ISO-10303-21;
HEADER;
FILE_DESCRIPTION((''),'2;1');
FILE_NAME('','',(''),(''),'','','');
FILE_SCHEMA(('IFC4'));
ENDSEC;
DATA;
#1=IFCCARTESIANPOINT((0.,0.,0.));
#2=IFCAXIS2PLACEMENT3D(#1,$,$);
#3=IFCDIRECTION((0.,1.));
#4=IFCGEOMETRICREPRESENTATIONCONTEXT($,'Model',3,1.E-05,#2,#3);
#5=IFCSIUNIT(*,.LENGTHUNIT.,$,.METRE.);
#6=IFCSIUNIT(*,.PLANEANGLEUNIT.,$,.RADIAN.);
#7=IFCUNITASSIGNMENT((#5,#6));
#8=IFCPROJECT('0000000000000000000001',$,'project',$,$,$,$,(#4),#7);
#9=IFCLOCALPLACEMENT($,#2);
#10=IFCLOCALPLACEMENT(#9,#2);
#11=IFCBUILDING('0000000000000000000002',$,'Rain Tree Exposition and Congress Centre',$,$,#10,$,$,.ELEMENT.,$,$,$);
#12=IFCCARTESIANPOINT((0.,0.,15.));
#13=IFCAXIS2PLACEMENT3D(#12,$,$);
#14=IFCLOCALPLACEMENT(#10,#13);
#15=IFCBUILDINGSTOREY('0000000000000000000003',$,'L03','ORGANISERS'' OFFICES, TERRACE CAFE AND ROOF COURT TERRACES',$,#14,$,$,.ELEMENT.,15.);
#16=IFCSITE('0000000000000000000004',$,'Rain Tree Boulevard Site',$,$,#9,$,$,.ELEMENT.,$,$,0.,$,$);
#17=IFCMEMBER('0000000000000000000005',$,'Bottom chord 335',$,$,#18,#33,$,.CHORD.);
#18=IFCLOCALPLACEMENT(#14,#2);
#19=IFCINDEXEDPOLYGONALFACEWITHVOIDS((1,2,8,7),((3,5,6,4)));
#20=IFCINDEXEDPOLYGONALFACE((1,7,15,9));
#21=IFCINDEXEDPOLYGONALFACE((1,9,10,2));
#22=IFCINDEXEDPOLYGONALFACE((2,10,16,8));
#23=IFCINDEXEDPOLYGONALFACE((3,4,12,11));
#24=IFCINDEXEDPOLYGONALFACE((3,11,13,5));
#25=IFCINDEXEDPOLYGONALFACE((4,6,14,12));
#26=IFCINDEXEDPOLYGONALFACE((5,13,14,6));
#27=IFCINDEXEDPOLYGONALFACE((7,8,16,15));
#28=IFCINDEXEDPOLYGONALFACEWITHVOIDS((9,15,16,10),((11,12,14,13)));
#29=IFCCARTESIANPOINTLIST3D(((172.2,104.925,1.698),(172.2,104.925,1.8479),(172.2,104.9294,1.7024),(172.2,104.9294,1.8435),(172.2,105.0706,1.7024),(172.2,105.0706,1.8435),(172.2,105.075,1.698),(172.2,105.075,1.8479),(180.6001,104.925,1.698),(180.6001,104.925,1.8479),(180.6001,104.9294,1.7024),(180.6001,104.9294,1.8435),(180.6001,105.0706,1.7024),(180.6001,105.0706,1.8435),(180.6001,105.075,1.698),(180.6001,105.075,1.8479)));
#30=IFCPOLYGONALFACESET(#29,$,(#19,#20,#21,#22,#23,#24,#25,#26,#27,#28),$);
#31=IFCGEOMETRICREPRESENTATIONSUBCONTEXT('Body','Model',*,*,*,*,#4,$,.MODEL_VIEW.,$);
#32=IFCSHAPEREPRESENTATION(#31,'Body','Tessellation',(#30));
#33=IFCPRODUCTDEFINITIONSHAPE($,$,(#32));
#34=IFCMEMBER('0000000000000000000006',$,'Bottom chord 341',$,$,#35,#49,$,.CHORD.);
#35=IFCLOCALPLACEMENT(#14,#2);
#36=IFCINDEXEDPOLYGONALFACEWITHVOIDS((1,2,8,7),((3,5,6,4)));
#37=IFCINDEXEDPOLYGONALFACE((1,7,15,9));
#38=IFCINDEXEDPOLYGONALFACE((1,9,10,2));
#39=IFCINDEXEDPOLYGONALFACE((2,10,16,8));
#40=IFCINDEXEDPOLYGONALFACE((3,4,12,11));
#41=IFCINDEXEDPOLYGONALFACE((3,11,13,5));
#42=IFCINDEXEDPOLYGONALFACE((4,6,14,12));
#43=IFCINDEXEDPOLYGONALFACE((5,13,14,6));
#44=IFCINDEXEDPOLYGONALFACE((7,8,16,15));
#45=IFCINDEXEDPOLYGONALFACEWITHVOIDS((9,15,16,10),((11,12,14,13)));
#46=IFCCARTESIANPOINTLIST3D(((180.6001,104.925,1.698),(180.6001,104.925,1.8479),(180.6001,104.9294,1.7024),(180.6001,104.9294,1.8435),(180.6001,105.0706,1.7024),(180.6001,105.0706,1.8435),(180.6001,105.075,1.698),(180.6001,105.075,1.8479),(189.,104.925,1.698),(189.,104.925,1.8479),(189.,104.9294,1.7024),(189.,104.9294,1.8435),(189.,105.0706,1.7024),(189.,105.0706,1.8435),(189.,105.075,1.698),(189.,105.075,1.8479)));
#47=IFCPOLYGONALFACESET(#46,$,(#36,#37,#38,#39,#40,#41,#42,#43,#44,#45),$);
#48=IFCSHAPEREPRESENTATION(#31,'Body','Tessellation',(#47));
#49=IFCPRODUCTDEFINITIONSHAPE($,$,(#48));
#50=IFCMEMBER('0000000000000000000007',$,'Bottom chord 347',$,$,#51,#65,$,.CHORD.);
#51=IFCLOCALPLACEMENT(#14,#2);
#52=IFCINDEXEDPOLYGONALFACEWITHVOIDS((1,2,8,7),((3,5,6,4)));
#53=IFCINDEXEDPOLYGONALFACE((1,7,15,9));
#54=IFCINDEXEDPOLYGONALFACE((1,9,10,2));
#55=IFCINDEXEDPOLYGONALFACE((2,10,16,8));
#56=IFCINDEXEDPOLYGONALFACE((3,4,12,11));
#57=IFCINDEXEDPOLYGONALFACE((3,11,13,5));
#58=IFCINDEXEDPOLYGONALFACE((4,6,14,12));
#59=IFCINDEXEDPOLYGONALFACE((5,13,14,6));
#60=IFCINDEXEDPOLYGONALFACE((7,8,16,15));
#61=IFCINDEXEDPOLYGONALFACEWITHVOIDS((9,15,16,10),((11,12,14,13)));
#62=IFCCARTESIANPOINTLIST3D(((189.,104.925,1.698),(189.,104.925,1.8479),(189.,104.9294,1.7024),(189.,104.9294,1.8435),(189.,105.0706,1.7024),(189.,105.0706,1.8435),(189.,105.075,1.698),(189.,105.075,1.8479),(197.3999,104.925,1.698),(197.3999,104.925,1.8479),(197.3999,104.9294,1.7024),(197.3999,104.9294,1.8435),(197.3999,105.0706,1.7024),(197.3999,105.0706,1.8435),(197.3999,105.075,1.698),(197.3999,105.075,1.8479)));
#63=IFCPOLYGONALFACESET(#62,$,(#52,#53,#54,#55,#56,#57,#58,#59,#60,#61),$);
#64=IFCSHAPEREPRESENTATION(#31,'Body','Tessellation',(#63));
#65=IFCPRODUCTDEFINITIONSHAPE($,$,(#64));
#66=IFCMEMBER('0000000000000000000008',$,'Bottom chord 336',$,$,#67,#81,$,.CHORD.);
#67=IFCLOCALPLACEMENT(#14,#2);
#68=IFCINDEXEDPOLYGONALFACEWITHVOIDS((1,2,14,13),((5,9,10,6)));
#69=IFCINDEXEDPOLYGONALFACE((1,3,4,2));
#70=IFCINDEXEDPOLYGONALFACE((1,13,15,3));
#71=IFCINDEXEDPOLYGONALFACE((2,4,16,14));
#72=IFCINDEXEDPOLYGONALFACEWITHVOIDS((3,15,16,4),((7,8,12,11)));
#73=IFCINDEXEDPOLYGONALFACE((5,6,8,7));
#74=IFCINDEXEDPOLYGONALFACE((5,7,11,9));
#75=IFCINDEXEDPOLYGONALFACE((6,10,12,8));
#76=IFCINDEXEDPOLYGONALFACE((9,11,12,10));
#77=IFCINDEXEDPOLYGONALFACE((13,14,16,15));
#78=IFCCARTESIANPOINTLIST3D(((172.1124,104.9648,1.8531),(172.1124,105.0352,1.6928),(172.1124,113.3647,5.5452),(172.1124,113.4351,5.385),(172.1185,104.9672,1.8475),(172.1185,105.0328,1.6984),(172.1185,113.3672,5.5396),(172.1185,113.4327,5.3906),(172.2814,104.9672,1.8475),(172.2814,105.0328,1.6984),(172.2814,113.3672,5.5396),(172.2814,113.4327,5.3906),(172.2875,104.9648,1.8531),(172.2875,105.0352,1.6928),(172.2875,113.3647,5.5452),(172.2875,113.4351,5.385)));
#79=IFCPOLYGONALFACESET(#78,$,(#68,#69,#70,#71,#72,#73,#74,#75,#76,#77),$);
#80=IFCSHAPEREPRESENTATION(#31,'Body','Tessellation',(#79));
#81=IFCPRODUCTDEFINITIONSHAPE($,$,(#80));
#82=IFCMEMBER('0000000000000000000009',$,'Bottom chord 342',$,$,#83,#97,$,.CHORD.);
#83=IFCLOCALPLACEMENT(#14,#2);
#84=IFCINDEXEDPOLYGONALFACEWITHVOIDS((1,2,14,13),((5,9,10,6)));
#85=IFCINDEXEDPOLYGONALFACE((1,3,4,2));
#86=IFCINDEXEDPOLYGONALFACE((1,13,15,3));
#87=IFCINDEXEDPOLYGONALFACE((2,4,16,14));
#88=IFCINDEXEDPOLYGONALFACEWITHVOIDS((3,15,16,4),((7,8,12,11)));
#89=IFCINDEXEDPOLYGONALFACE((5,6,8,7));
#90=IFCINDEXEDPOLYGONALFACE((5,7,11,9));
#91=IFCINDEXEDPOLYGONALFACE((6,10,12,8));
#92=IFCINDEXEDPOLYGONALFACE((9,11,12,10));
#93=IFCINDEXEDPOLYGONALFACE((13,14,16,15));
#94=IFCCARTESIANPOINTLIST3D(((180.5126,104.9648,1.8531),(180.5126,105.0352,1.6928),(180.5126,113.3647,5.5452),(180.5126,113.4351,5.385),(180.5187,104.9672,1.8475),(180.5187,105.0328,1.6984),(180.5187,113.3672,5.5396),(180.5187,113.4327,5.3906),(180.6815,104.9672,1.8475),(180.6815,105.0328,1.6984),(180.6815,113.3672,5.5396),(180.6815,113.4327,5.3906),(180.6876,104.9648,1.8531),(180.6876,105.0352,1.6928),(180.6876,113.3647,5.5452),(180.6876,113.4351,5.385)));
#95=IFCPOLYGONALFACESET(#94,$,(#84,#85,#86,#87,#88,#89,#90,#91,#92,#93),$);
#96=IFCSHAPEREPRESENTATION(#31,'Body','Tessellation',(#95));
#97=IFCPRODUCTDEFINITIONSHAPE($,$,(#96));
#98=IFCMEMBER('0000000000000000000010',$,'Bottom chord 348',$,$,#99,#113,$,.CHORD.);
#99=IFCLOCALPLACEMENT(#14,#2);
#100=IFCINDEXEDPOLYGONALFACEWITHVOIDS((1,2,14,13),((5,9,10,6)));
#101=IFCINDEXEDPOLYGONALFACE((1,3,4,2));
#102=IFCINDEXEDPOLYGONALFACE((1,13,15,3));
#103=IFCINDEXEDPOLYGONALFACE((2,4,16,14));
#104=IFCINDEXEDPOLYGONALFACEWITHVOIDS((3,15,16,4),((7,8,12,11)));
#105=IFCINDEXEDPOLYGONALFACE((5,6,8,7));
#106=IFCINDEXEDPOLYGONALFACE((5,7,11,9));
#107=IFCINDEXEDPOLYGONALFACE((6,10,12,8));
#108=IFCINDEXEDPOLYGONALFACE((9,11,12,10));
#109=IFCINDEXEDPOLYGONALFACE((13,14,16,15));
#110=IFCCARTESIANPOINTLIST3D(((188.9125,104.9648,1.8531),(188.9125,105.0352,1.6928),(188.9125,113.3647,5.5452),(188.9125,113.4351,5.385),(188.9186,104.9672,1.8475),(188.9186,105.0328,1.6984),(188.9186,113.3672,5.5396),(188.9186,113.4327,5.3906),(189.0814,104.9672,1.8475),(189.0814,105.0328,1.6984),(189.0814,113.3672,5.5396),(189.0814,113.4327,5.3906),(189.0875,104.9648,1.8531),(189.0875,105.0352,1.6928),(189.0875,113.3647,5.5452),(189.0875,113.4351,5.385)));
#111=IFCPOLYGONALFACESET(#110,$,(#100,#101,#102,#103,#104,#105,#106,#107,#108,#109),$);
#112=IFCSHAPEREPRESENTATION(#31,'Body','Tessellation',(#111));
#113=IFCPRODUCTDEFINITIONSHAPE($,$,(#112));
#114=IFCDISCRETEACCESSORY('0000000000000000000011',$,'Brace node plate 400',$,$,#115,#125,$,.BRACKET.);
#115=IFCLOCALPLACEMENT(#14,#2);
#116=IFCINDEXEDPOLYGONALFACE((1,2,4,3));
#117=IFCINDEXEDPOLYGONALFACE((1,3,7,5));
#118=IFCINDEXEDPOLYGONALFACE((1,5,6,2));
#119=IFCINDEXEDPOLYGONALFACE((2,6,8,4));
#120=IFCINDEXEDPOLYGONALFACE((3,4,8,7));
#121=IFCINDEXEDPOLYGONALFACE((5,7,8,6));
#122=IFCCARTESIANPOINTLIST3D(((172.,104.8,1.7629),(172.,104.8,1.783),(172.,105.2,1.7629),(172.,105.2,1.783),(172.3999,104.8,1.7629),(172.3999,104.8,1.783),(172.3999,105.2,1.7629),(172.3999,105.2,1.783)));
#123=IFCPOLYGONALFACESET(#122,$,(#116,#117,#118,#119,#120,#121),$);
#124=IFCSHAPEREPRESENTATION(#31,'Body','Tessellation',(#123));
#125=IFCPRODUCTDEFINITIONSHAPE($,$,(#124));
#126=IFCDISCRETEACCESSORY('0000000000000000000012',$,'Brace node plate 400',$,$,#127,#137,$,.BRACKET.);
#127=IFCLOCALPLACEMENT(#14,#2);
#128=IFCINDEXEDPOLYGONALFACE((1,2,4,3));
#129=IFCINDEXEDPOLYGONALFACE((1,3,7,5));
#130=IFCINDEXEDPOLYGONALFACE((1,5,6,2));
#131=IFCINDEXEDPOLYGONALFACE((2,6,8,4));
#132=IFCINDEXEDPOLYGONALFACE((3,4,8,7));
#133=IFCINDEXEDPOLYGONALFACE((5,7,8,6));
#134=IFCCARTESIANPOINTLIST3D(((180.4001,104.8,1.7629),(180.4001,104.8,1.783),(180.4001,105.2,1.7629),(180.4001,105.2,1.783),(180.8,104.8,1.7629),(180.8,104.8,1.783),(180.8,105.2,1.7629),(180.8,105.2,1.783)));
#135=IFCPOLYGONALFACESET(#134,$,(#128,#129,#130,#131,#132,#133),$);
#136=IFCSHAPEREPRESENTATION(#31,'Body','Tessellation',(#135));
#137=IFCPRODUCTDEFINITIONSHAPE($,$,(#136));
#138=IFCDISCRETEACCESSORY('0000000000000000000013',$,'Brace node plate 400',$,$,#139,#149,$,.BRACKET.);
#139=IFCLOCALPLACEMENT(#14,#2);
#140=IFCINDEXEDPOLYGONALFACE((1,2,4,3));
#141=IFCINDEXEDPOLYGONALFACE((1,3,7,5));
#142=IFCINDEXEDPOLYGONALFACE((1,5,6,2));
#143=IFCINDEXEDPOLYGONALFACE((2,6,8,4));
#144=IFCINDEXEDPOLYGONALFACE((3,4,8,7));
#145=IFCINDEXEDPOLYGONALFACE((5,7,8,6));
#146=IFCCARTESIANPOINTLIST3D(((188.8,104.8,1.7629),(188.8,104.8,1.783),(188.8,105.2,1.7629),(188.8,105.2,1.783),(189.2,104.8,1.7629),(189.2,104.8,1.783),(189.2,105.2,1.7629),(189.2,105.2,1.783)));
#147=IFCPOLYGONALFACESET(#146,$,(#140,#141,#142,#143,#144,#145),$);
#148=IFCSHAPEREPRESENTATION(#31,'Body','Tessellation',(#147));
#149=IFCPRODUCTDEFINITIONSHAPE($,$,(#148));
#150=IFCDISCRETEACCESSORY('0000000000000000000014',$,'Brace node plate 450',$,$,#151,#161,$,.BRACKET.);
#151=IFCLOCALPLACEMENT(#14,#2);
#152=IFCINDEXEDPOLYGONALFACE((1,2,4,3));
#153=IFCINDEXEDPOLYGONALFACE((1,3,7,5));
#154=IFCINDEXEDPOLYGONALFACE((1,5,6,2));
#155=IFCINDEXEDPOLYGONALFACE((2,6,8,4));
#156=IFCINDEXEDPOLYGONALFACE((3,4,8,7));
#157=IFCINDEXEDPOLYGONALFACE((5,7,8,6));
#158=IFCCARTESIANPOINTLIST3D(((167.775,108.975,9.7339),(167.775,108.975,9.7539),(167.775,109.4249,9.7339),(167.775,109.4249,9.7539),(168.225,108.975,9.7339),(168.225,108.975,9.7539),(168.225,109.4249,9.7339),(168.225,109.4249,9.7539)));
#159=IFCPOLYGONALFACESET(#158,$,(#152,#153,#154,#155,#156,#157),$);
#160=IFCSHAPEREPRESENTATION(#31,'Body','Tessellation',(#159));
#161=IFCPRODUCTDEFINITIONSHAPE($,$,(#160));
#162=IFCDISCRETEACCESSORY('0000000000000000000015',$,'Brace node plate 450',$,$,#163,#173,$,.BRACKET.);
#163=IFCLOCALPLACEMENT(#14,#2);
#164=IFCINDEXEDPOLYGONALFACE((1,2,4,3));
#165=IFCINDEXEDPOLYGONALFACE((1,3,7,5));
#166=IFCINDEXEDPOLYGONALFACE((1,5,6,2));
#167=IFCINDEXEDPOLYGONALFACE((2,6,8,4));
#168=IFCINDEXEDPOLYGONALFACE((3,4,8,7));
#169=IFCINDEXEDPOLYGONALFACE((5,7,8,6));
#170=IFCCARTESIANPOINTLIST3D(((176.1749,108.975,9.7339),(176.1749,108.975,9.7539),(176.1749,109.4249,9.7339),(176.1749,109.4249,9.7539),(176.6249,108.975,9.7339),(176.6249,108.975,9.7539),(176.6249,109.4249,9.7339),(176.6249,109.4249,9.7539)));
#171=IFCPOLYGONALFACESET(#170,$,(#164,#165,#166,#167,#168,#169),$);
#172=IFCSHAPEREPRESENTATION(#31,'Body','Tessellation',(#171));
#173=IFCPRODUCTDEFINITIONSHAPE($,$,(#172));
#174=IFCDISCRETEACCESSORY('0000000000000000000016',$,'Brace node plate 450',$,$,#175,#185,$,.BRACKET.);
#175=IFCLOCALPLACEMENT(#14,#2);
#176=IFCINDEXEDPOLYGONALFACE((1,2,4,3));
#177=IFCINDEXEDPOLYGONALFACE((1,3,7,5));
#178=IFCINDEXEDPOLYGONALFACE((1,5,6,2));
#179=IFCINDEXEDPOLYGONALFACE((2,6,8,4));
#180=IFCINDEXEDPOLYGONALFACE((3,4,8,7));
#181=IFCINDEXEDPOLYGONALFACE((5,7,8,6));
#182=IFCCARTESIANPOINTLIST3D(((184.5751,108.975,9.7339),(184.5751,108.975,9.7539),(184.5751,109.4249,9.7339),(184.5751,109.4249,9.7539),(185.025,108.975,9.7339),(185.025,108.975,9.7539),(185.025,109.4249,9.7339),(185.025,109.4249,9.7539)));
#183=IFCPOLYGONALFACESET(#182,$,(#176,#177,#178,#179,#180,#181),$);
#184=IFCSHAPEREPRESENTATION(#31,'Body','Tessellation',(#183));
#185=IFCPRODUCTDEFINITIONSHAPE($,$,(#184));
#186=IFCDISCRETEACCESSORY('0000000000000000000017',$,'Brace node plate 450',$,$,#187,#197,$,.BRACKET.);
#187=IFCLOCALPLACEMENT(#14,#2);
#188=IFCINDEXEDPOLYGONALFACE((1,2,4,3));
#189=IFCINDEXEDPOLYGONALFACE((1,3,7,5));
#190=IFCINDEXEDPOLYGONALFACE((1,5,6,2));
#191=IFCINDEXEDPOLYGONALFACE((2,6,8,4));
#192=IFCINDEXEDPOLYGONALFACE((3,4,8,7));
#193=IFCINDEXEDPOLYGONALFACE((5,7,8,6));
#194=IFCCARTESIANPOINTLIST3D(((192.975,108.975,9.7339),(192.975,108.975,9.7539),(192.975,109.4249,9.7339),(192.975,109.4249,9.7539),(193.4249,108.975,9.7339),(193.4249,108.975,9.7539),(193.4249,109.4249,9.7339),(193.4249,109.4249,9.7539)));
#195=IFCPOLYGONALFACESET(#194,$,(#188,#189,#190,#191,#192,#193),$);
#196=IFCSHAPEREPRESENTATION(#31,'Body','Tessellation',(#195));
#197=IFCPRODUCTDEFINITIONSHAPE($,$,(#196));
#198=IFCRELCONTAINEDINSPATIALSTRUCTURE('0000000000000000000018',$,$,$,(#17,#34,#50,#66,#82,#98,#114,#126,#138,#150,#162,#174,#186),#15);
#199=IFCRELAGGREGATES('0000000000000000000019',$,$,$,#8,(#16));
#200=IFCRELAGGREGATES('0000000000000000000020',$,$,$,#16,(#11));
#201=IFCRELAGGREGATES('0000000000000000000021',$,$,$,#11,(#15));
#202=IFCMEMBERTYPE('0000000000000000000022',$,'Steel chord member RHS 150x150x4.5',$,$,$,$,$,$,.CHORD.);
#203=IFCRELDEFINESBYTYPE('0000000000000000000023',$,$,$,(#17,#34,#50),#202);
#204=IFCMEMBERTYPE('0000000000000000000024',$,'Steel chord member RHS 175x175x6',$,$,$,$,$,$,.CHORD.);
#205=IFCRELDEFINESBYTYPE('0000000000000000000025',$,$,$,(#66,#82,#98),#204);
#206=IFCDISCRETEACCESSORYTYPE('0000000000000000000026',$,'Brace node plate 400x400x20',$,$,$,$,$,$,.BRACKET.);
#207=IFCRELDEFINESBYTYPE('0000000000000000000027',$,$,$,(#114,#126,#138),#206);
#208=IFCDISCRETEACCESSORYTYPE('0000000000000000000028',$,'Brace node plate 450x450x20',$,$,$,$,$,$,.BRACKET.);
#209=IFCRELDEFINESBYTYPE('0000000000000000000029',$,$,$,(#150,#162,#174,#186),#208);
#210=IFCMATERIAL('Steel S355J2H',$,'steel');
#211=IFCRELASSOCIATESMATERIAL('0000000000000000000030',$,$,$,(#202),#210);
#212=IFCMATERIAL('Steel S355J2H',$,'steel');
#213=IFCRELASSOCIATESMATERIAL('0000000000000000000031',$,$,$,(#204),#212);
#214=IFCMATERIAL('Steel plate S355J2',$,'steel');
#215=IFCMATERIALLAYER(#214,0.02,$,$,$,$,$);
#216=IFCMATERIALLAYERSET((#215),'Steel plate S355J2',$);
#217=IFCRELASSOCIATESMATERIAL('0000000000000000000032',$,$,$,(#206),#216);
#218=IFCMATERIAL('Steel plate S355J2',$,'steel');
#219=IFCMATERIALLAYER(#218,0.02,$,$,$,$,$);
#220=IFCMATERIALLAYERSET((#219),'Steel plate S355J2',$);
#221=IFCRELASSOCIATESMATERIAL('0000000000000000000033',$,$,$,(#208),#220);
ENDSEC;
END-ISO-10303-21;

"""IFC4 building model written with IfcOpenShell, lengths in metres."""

from ifc_helpers import new_model, si_unit, direction, frame, origin, origin_2d, place, context, subcontext, project, spatial, rectangle, hollow_rectangle, extrude, material, layer, layer_set, material_profile, profile_set, type_object, element, save


model = new_model("IFC4")

# Units and contexts
model_context = context("Model", 3, precision=1e-05, world=origin(), true_north=direction((0.0, 1.0)))
body_context = subcontext(model_context, "Body", "Model", "MODEL_VIEW")
ifc_project = project(units=[si_unit("LENGTHUNIT", "METRE"), si_unit("PLANEANGLEUNIT", "RADIAN")], contexts=[model_context])

# Site, building, storey
site_placement = place(None, origin())
site = spatial("IfcSite", under=ifc_project, at=site_placement, Name="Rain Tree Boulevard Site", CompositionType="ELEMENT", RefElevation=0.0)
building_placement = place(site_placement, origin())
building = spatial("IfcBuilding", under=site, at=building_placement, Name="Rain Tree Exposition and Congress Centre", CompositionType="ELEMENT")
storey_placement = place(building_placement, frame((0.0, 0.0, 15.0)))
storey = spatial("IfcBuildingStorey", under=building, at=storey_placement, Name="L03", Description="ORGANISERS' OFFICES, TERRACE CAFE AND ROOF COURT TERRACES", CompositionType="ELEMENT", Elevation=15.0)

# Members
ifc_material_1 = material(Name="Steel S355J2H", Category="steel")
ifc_material_profile_1 = material_profile(ifc_material_1, hollow_rectangle(XDim=0.1499, YDim=0.1499, WallThickness=0.0044, at=origin_2d()), Name="RHS 150x150x4.5")
ifc_profile_set_1 = profile_set([ifc_material_profile_1], Name="Steel S355J2H")
member_type_1 = type_object("IfcMemberType", Name="Steel chord member RHS 150x150x4.5", PredefinedType="CHORD", material=ifc_profile_set_1)
member_placement = place(storey_placement, frame((172.2, 105.0, 1.7729), z_axis=(1.0, 0.0, 0.0), x_axis=(0.0, 1.0, 0.0)))
element("IfcMember", 1, at=member_placement, inside=storey, type_object=member_type_1, Name="Bottom chord 335", PredefinedType="CHORD", context=body_context, shape_type="SweptSolid", body=[
    extrude(hollow_rectangle(XDim=0.1499, YDim=0.1499, WallThickness=0.0044, at=origin_2d()), origin(), (0.0, 0.0, 1.0), 8.4001),
])
for number, where, z_axis, x_axis, name in (
    (2, (180.6001, 105.0, 1.7729), (1.0, 0.0, 0.0), (0.0, 1.0, 0.0), "Bottom chord 341"),
    (3, (189.0, 105.0, 1.7729), (1.0, 0.0, 0.0), (0.0, 1.0, 0.0), "Bottom chord 347"),
):
    element("IfcMember", number, at=place(storey_placement, frame(where, z_axis=z_axis, x_axis=x_axis)), inside=storey, type_object=member_type_1, Name=name, PredefinedType="CHORD", context=body_context, shape_type="SweptSolid", body=[
        extrude(hollow_rectangle(XDim=0.1499, YDim=0.1499, WallThickness=0.0044, at=origin_2d()), origin(), (0.0, 0.0, 1.0), 8.3999),
    ])
ifc_material_2 = material(Name="Steel S355J2H", Category="steel")
ifc_material_profile_2 = material_profile(ifc_material_2, hollow_rectangle(XDim=0.175, YDim=0.175, WallThickness=0.0061, at=origin_2d()), Name="RHS 175x175x6")
ifc_profile_set_2 = profile_set([ifc_material_profile_2], Name="Steel S355J2H")
member_type_2 = type_object("IfcMemberType", Name="Steel chord member RHS 175x175x6", PredefinedType="CHORD", material=ifc_profile_set_2)
for number, where, z_axis, x_axis, name in (
    (4, (172.2, 105.0, 1.7729), (0.0, 0.915468, 0.40239), (-1.0, 0.0, 0.0), "Bottom chord 336"),
    (5, (180.6001, 105.0, 1.7729), (0.0, 0.915468, 0.40239), (-1.0, 0.0, 0.0), "Bottom chord 342"),
    (6, (189.0, 105.0, 1.7729), (0.0, 0.915468, 0.40239), (-1.0, 0.0, 0.0), "Bottom chord 348"),
):
    element("IfcMember", number, at=place(storey_placement, frame(where, z_axis=z_axis, x_axis=x_axis)), inside=storey, type_object=member_type_2, Name=name, PredefinedType="CHORD", context=body_context, shape_type="SweptSolid", body=[
        extrude(hollow_rectangle(XDim=0.175, YDim=0.175, WallThickness=0.0061, at=origin_2d()), origin(), (0.0, 0.0, 1.0), 9.1755),
    ])

# Discrete accessories
ifc_material_3 = material(Name="Steel plate S355J2", Category="steel")
ifc_layer_1 = layer(ifc_material_3, 0.02)
ifc_layer_set_1 = layer_set([ifc_layer_1], Name="Steel plate S355J2")
discrete_accessory_type_1 = type_object("IfcDiscreteAccessoryType", Name="Brace node plate 400x400x20", PredefinedType="BRACKET", material=ifc_layer_set_1)
for number, where, z_axis, x_axis, name in (
    (7, (172.2, 105.0, 1.7629), (0.0, 0.0, 1.0), (1.0, 0.0, 0.0), "Brace node plate 400"),
    (8, (180.6001, 105.0, 1.7629), (0.0, 0.0, 1.0), (1.0, 0.0, 0.0), "Brace node plate 400"),
    (9, (189.0, 105.0, 1.7629), (0.0, 0.0, 1.0), (1.0, 0.0, 0.0), "Brace node plate 400"),
):
    element("IfcDiscreteAccessory", number, at=place(storey_placement, frame(where, z_axis=z_axis, x_axis=x_axis)), inside=storey, type_object=discrete_accessory_type_1, Name=name, PredefinedType="BRACKET", context=body_context, shape_type="SweptSolid", body=[
        extrude(rectangle(XDim=0.3999, YDim=0.3999, at=origin_2d()), origin(), (0.0, 0.0, 1.0), 0.02),
    ])
ifc_material_4 = material(Name="Steel plate S355J2", Category="steel")
ifc_layer_2 = layer(ifc_material_4, 0.02)
ifc_layer_set_2 = layer_set([ifc_layer_2], Name="Steel plate S355J2")
discrete_accessory_type_2 = type_object("IfcDiscreteAccessoryType", Name="Brace node plate 450x450x20", PredefinedType="BRACKET", material=ifc_layer_set_2)
for number, where, z_axis, x_axis, name in (
    (10, (168.0, 109.2, 9.7339), (0.0, 0.0, 1.0), (1.0, 0.0, 0.0), "Brace node plate 450"),
    (11, (176.3999, 109.2, 9.7339), (0.0, 0.0, 1.0), (1.0, 0.0, 0.0), "Brace node plate 450"),
    (12, (184.8, 109.2, 9.7339), (0.0, 0.0, 1.0), (1.0, 0.0, 0.0), "Brace node plate 450"),
    (13, (193.2, 109.2, 9.7339), (0.0, 0.0, 1.0), (1.0, 0.0, 0.0), "Brace node plate 450"),
):
    element("IfcDiscreteAccessory", number, at=place(storey_placement, frame(where, z_axis=z_axis, x_axis=x_axis)), inside=storey, type_object=discrete_accessory_type_2, Name=name, PredefinedType="BRACKET", context=body_context, shape_type="SweptSolid", body=[
        extrude(rectangle(XDim=0.45, YDim=0.45, at=origin_2d()), origin(), (0.0, 0.0, 1.0), 0.02),
    ])

save(model, "model.ifc")
